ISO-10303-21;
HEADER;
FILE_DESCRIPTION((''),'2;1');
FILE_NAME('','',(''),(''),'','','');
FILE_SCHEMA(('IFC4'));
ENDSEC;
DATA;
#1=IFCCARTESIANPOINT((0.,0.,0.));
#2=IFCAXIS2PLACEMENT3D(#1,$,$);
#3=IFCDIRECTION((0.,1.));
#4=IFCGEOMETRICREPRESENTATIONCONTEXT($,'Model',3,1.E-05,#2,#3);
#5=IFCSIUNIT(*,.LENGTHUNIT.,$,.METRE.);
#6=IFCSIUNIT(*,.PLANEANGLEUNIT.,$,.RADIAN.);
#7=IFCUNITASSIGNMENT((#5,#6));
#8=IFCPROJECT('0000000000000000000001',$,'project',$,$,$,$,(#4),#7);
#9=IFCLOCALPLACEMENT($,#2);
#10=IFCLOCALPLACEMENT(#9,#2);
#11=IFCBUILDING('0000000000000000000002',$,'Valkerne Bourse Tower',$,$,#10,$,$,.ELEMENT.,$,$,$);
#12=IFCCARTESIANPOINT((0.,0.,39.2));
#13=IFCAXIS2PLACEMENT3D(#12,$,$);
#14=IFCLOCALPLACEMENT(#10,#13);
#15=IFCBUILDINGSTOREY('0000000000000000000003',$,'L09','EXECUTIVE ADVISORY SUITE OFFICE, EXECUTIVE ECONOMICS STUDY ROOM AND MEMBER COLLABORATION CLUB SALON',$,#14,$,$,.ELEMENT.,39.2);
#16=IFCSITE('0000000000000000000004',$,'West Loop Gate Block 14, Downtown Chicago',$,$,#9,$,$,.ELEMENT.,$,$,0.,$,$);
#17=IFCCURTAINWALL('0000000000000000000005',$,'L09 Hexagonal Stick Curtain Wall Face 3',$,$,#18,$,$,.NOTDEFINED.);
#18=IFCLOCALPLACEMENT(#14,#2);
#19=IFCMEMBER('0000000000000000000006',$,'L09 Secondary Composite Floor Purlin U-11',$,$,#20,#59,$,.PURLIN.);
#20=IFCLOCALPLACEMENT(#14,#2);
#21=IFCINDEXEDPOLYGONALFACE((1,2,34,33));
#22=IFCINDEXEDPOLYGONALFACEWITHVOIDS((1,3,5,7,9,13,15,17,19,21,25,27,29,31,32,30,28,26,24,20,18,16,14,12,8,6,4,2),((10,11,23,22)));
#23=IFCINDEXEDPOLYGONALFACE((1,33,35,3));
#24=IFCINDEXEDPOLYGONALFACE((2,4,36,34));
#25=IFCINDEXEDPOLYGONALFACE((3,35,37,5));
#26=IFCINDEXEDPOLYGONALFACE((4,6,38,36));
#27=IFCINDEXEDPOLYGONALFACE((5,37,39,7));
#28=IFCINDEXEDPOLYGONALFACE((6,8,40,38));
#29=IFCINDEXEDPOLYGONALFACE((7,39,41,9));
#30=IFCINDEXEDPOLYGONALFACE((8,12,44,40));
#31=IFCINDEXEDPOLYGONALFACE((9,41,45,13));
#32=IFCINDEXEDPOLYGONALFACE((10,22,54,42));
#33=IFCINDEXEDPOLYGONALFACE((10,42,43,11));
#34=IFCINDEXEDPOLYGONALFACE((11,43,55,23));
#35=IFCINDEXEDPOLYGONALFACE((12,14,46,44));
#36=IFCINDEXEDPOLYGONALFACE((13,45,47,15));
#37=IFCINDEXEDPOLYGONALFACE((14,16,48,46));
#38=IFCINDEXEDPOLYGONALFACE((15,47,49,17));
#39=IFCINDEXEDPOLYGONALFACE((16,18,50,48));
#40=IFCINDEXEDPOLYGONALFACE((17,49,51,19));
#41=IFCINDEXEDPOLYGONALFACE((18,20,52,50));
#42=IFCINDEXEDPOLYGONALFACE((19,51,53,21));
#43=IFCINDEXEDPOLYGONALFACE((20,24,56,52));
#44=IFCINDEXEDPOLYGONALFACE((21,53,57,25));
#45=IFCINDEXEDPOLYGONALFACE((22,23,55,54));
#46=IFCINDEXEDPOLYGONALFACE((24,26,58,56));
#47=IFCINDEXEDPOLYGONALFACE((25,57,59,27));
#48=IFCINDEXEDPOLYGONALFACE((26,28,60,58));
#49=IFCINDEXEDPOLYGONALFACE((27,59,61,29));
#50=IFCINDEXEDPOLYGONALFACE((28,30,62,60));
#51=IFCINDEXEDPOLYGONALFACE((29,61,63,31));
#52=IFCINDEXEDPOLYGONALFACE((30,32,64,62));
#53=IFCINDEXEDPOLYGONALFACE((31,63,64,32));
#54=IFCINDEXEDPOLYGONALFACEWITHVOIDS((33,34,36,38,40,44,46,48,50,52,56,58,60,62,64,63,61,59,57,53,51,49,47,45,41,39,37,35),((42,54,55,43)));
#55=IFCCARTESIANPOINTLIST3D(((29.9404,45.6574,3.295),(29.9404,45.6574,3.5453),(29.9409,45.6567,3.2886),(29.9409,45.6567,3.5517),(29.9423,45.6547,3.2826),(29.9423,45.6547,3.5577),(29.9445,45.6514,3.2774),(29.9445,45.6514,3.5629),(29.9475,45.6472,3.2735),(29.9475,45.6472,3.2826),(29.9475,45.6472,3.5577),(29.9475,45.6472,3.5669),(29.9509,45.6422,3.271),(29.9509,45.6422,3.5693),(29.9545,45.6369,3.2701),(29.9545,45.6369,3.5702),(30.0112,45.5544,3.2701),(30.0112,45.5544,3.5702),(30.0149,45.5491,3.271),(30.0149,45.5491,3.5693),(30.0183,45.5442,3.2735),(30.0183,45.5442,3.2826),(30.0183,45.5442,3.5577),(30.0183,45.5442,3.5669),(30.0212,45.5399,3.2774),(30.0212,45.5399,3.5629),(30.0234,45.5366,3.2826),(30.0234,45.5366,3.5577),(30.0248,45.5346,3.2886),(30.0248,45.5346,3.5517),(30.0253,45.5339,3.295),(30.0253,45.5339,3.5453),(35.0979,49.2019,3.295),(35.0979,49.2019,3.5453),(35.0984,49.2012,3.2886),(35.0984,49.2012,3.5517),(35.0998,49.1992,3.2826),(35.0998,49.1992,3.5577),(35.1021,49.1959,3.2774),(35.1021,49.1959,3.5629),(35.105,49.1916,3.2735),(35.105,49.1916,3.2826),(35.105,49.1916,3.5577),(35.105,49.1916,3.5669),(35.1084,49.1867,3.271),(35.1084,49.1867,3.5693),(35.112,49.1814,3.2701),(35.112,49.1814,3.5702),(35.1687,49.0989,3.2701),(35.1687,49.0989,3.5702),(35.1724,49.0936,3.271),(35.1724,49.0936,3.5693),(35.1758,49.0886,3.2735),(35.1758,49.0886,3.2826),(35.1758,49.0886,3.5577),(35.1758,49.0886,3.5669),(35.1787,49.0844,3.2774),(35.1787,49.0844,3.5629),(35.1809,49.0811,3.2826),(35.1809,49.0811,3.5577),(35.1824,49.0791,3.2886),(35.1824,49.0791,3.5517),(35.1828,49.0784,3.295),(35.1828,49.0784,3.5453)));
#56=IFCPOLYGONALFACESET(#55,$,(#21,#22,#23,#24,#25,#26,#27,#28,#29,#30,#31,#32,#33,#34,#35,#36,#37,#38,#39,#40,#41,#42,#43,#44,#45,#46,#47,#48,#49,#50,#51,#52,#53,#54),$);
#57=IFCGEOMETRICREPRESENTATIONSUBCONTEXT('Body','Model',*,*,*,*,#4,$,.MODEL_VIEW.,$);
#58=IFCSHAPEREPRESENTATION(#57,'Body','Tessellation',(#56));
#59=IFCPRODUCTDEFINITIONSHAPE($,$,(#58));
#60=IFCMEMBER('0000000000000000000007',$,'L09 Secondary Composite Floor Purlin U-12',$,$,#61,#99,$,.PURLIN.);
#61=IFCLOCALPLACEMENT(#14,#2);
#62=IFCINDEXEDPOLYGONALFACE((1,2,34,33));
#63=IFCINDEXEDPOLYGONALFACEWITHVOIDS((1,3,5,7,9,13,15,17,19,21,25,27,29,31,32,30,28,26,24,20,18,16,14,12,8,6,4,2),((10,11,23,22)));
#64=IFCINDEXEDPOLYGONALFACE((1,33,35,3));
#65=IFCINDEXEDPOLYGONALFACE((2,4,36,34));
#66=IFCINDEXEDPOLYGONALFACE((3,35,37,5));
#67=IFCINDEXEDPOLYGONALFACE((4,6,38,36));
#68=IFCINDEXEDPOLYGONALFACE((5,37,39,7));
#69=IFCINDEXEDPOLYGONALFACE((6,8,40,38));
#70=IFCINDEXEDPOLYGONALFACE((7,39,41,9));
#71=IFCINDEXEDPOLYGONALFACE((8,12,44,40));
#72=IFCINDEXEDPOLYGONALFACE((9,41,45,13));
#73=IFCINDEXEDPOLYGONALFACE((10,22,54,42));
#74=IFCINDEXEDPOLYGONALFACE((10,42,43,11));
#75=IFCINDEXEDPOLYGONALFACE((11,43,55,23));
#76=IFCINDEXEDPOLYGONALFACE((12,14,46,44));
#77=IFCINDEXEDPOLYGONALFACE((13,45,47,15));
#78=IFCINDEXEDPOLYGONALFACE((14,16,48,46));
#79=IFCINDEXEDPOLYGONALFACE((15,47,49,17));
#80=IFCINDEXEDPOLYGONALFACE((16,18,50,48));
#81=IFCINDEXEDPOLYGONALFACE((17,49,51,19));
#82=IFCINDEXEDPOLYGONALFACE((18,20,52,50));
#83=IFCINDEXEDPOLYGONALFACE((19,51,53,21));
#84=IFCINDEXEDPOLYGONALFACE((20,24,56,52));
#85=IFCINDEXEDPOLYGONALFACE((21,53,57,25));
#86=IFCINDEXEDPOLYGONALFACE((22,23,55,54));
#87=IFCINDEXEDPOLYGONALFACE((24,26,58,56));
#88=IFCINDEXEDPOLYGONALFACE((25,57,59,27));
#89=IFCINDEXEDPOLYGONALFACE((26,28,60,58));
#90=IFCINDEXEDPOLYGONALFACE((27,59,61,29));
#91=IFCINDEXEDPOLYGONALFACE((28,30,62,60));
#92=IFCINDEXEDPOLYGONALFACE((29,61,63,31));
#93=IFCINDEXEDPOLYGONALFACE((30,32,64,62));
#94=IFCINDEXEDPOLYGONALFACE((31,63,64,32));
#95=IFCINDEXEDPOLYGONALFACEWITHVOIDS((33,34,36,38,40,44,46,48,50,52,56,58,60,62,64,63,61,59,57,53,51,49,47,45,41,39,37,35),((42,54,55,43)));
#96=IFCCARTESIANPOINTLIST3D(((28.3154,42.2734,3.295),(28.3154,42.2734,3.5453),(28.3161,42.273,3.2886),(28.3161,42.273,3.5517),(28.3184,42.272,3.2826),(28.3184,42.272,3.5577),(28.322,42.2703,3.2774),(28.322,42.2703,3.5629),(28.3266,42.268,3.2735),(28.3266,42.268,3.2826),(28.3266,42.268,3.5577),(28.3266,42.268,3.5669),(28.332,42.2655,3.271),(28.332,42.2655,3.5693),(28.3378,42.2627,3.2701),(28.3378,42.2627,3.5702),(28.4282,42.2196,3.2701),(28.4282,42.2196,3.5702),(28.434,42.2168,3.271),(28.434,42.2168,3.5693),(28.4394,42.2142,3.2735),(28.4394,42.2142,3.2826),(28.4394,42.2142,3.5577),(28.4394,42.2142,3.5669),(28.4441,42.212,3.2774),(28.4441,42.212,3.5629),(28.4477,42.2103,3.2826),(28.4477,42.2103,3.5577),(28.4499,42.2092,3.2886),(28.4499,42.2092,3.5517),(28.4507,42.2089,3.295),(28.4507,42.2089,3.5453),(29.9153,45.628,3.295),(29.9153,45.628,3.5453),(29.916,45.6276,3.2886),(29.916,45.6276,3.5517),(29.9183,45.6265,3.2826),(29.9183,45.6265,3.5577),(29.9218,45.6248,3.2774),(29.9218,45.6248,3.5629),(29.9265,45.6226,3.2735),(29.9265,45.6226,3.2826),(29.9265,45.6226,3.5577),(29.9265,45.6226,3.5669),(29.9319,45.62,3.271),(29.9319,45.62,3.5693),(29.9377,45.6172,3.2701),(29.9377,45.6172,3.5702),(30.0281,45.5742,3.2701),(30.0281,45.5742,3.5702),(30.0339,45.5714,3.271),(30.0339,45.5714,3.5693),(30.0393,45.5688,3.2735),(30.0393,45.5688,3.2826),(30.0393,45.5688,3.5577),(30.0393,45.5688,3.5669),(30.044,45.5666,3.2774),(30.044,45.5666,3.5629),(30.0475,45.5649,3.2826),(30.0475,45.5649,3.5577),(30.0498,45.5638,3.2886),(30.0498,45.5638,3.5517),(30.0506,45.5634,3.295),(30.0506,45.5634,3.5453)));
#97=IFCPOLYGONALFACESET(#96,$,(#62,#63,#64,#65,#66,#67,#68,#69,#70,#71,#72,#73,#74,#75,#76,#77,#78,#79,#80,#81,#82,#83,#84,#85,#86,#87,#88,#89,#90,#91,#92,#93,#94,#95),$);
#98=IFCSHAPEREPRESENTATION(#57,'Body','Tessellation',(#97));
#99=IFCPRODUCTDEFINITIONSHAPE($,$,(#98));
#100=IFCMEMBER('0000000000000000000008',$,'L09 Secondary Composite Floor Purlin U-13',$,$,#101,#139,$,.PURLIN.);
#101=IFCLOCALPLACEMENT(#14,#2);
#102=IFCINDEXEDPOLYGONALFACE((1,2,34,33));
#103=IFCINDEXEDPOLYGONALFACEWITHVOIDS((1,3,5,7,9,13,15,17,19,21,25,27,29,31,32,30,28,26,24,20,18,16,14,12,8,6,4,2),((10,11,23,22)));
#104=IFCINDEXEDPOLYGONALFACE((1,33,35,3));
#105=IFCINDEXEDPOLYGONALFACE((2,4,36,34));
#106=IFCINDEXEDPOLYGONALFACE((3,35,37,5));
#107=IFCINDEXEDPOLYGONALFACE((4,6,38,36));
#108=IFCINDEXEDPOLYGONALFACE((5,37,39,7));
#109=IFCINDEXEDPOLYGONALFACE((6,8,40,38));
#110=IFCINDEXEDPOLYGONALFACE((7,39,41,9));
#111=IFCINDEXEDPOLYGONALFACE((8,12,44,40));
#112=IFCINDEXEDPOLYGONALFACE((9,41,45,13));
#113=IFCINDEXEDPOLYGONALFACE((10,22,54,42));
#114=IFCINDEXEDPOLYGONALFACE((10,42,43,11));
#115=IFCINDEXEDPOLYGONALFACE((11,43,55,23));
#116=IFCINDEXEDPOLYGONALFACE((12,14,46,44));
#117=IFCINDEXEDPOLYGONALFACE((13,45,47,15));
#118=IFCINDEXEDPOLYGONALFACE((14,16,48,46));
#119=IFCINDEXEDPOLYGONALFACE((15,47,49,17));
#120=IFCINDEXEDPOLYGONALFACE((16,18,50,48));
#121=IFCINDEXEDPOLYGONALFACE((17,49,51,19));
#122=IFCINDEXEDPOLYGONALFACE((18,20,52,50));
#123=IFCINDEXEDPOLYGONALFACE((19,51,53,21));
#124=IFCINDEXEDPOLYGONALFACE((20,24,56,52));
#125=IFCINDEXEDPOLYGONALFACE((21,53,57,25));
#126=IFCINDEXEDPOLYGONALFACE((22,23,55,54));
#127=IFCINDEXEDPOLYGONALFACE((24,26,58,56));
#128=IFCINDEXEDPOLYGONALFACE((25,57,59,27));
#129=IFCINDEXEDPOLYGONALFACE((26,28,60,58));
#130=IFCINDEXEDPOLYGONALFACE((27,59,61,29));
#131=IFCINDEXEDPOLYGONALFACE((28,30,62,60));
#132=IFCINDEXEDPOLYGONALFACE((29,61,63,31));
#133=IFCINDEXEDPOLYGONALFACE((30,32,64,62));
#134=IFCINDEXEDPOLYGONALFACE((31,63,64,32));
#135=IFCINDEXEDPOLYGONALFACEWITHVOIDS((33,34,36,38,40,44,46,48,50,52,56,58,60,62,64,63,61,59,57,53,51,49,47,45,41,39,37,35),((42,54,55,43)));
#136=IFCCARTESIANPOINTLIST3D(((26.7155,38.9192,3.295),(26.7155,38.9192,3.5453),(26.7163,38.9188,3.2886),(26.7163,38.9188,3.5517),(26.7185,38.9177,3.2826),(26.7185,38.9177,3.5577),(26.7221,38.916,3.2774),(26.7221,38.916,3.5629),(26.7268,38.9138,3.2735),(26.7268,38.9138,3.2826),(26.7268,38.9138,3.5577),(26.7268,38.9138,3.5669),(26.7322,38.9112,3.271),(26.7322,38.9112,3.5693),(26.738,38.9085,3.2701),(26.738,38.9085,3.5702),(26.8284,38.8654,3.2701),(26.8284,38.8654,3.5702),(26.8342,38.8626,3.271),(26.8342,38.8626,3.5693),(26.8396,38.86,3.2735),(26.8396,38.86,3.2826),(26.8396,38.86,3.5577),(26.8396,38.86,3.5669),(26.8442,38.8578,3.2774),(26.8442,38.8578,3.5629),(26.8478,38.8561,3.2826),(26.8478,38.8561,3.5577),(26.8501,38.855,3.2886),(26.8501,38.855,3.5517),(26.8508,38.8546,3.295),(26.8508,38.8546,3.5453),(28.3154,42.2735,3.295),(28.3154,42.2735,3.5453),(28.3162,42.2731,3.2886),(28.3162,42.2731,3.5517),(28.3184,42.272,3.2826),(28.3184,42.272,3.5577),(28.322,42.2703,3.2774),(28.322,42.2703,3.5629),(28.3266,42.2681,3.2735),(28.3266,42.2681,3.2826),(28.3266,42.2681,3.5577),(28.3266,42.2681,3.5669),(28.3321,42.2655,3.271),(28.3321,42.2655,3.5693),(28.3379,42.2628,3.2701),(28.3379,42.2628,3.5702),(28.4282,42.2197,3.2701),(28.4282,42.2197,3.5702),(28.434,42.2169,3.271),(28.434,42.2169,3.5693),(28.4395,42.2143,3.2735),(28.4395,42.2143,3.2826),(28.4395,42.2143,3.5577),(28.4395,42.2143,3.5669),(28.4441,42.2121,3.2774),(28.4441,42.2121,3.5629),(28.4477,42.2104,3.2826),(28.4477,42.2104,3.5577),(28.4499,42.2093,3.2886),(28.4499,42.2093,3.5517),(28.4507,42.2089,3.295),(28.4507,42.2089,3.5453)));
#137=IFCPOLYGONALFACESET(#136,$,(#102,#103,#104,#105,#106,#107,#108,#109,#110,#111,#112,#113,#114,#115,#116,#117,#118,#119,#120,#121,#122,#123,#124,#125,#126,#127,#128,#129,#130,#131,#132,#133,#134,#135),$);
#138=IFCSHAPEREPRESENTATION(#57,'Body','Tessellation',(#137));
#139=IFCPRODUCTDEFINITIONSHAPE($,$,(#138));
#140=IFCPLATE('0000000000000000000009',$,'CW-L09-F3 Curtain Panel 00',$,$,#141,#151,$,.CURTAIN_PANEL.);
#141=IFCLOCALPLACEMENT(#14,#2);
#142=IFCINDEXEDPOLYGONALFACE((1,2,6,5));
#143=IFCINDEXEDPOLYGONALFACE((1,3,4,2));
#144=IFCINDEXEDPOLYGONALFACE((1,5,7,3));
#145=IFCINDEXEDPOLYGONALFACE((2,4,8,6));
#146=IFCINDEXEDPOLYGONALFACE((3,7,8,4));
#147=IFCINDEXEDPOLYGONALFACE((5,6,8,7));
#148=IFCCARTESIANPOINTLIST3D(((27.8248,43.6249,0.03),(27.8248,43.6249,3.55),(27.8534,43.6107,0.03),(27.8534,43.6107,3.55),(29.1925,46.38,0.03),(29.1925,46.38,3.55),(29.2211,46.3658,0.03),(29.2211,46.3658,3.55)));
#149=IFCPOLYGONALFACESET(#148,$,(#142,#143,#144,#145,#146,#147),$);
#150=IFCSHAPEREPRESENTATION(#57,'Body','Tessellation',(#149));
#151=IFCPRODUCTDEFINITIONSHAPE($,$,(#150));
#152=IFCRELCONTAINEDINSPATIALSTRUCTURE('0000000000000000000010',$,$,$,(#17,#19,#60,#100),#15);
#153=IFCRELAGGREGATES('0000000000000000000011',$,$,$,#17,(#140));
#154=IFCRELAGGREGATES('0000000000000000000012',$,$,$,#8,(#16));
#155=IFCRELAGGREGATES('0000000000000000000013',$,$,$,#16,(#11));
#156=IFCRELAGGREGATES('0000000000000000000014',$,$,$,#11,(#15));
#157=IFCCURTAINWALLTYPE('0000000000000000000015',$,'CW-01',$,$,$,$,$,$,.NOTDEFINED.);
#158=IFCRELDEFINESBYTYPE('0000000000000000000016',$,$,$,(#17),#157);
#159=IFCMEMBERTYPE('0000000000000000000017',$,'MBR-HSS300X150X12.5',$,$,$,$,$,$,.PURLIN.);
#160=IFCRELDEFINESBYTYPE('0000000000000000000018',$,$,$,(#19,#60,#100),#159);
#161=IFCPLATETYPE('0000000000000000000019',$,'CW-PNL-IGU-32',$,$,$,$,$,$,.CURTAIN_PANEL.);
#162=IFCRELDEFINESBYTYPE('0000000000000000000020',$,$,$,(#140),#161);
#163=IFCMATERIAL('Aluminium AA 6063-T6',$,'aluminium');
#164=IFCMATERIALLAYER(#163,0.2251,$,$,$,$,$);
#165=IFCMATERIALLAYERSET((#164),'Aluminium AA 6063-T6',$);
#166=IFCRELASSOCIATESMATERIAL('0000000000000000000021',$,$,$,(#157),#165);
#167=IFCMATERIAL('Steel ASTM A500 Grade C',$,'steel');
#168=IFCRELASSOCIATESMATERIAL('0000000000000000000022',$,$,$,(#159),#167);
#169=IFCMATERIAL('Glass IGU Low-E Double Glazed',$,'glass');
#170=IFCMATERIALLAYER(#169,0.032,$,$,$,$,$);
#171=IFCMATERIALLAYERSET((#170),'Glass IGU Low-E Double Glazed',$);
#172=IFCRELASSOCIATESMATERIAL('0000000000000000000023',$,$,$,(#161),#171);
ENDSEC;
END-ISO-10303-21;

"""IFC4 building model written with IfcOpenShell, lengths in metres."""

from ifc_helpers import new_model, si_unit, direction, frame, origin, origin_2d, place, context, subcontext, project, spatial, rectangle, hollow_rectangle, extrude, material, layer, layer_set, material_profile, profile_set, type_object, element, aggregate, save


model = new_model("IFC4")

# Units and contexts
model_context = context("Model", 3, precision=1e-05, world=origin(), true_north=direction((0.0, 1.0)))
body_context = subcontext(model_context, "Body", "Model", "MODEL_VIEW")
ifc_project = project(units=[si_unit("LENGTHUNIT", "METRE"), si_unit("PLANEANGLEUNIT", "RADIAN")], contexts=[model_context])

# Site, building, storey
site_placement = place(None, origin())
site = spatial("IfcSite", under=ifc_project, at=site_placement, Name="West Loop Gate Block 14, Downtown Chicago", CompositionType="ELEMENT", RefElevation=0.0)
building_placement = place(site_placement, origin())
building = spatial("IfcBuilding", under=site, at=building_placement, Name="Valkerne Bourse Tower", CompositionType="ELEMENT")
storey_placement = place(building_placement, frame((0.0, 0.0, 39.2)))
storey = spatial("IfcBuildingStorey", under=building, at=storey_placement, Name="L09", Description="EXECUTIVE ADVISORY SUITE OFFICE, EXECUTIVE ECONOMICS STUDY ROOM AND MEMBER COLLABORATION CLUB SALON", CompositionType="ELEMENT", Elevation=39.2)

# Shared definitions
ifc_material_1 = material(Name="Aluminium AA 6063-T6", Category="aluminium")
ifc_layer_1 = layer(ifc_material_1, 0.2251)
ifc_layer_set_1 = layer_set([ifc_layer_1], Name="Aluminium AA 6063-T6")
curtain_wall_type = type_object("IfcCurtainWallType", Name="CW-01", PredefinedType="NOTDEFINED", material=ifc_layer_set_1)

# Curtain wall
curtain_wall_1_placement = place(storey_placement, origin())
curtain_wall_1 = element("IfcCurtainWall", 1, at=curtain_wall_1_placement, inside=storey, type_object=curtain_wall_type, Name="L09 Hexagonal Stick Curtain Wall Face 3", PredefinedType="NOTDEFINED")

# Members
ifc_material_2 = material(Name="Steel ASTM A500 Grade C", Category="steel")
ifc_material_profile_1 = material_profile(ifc_material_2, hollow_rectangle(XDim=0.1499, YDim=0.3, WallThickness=0.0125, OuterFilletRadius=0.0249, at=origin_2d()), Name="HSS300X150X12.5")
ifc_profile_set_1 = profile_set([ifc_material_profile_1], Name="Steel ASTM A500 Grade C")
member_type_1 = type_object("IfcMemberType", Name="MBR-HSS300X150X12.5", PredefinedType="PURLIN", material=ifc_profile_set_1)
member_1_placement = place(storey_placement, frame((35.1404, 49.1401, 3.4202), z_axis=(-0.824141, -0.566385, 0.0), x_axis=(0.566385, -0.824141, 0.0)))
element("IfcMember", 2, at=member_1_placement, inside=storey, type_object=member_type_1, Name="L09 Secondary Composite Floor Purlin U-11", PredefinedType="PURLIN", context=body_context, shape_type="SweptSolid", body=[
    extrude(hollow_rectangle(XDim=0.1499, YDim=0.3, WallThickness=0.0125, OuterFilletRadius=0.0249, at=origin_2d()), origin(), (0.0, 0.0, 1.0), 6.2581),
])
member_2_placement = place(storey_placement, frame((29.9829, 45.5957, 3.4202), z_axis=(-0.430477, -0.902602, 0.0), x_axis=(0.902602, -0.430477, 0.0)))
element("IfcMember", 3, at=member_2_placement, inside=storey, type_object=member_type_1, Name="L09 Secondary Composite Floor Purlin U-12", PredefinedType="PURLIN", context=body_context, shape_type="SweptSolid", body=[
    extrude(hollow_rectangle(XDim=0.1499, YDim=0.3, WallThickness=0.0125, OuterFilletRadius=0.0249, at=origin_2d()), origin(), (0.0, 0.0, 1.0), 3.7166),
])
member_3_placement = place(storey_placement, frame((28.3831, 42.2412, 3.4202), z_axis=(-0.430502, -0.90259, 0.0), x_axis=(0.90259, -0.430502, 0.0)))
element("IfcMember", 4, at=member_3_placement, inside=storey, type_object=member_type_1, Name="L09 Secondary Composite Floor Purlin U-13", PredefinedType="PURLIN", context=body_context, shape_type="SweptSolid", body=[
    extrude(hollow_rectangle(XDim=0.1499, YDim=0.3, WallThickness=0.0125, OuterFilletRadius=0.0249, at=origin_2d()), origin(), (0.0, 0.0, 1.0), 3.7163),
])

# Plate
ifc_material_3 = material(Name="Glass IGU Low-E Double Glazed", Category="glass")
ifc_layer_2 = layer(ifc_material_3, 0.032)
ifc_layer_set_2 = layer_set([ifc_layer_2], Name="Glass IGU Low-E Double Glazed")
plate_type = type_object("IfcPlateType", Name="CW-PNL-IGU-32", PredefinedType="CURTAIN_PANEL", material=ifc_layer_set_2)
plate_placement = place(storey_placement, frame((28.5229, 44.9954, 0.03), z_axis=(0.0, 0.0, 1.0), x_axis=(-0.444649, -0.895705, 0.0)))
plate = element("IfcPlate", 5, at=plate_placement, type_object=plate_type, Name="CW-L09-F3 Curtain Panel 00", PredefinedType="CURTAIN_PANEL", context=body_context, shape_type="SweptSolid", body=[
    extrude(rectangle(XDim=3.0759, YDim=0.032, at=origin_2d()), origin(), (0.0, 0.0, 1.0), 3.52),
])
aggregate(curtain_wall_1, [plate])

save(model, "model.ifc")
